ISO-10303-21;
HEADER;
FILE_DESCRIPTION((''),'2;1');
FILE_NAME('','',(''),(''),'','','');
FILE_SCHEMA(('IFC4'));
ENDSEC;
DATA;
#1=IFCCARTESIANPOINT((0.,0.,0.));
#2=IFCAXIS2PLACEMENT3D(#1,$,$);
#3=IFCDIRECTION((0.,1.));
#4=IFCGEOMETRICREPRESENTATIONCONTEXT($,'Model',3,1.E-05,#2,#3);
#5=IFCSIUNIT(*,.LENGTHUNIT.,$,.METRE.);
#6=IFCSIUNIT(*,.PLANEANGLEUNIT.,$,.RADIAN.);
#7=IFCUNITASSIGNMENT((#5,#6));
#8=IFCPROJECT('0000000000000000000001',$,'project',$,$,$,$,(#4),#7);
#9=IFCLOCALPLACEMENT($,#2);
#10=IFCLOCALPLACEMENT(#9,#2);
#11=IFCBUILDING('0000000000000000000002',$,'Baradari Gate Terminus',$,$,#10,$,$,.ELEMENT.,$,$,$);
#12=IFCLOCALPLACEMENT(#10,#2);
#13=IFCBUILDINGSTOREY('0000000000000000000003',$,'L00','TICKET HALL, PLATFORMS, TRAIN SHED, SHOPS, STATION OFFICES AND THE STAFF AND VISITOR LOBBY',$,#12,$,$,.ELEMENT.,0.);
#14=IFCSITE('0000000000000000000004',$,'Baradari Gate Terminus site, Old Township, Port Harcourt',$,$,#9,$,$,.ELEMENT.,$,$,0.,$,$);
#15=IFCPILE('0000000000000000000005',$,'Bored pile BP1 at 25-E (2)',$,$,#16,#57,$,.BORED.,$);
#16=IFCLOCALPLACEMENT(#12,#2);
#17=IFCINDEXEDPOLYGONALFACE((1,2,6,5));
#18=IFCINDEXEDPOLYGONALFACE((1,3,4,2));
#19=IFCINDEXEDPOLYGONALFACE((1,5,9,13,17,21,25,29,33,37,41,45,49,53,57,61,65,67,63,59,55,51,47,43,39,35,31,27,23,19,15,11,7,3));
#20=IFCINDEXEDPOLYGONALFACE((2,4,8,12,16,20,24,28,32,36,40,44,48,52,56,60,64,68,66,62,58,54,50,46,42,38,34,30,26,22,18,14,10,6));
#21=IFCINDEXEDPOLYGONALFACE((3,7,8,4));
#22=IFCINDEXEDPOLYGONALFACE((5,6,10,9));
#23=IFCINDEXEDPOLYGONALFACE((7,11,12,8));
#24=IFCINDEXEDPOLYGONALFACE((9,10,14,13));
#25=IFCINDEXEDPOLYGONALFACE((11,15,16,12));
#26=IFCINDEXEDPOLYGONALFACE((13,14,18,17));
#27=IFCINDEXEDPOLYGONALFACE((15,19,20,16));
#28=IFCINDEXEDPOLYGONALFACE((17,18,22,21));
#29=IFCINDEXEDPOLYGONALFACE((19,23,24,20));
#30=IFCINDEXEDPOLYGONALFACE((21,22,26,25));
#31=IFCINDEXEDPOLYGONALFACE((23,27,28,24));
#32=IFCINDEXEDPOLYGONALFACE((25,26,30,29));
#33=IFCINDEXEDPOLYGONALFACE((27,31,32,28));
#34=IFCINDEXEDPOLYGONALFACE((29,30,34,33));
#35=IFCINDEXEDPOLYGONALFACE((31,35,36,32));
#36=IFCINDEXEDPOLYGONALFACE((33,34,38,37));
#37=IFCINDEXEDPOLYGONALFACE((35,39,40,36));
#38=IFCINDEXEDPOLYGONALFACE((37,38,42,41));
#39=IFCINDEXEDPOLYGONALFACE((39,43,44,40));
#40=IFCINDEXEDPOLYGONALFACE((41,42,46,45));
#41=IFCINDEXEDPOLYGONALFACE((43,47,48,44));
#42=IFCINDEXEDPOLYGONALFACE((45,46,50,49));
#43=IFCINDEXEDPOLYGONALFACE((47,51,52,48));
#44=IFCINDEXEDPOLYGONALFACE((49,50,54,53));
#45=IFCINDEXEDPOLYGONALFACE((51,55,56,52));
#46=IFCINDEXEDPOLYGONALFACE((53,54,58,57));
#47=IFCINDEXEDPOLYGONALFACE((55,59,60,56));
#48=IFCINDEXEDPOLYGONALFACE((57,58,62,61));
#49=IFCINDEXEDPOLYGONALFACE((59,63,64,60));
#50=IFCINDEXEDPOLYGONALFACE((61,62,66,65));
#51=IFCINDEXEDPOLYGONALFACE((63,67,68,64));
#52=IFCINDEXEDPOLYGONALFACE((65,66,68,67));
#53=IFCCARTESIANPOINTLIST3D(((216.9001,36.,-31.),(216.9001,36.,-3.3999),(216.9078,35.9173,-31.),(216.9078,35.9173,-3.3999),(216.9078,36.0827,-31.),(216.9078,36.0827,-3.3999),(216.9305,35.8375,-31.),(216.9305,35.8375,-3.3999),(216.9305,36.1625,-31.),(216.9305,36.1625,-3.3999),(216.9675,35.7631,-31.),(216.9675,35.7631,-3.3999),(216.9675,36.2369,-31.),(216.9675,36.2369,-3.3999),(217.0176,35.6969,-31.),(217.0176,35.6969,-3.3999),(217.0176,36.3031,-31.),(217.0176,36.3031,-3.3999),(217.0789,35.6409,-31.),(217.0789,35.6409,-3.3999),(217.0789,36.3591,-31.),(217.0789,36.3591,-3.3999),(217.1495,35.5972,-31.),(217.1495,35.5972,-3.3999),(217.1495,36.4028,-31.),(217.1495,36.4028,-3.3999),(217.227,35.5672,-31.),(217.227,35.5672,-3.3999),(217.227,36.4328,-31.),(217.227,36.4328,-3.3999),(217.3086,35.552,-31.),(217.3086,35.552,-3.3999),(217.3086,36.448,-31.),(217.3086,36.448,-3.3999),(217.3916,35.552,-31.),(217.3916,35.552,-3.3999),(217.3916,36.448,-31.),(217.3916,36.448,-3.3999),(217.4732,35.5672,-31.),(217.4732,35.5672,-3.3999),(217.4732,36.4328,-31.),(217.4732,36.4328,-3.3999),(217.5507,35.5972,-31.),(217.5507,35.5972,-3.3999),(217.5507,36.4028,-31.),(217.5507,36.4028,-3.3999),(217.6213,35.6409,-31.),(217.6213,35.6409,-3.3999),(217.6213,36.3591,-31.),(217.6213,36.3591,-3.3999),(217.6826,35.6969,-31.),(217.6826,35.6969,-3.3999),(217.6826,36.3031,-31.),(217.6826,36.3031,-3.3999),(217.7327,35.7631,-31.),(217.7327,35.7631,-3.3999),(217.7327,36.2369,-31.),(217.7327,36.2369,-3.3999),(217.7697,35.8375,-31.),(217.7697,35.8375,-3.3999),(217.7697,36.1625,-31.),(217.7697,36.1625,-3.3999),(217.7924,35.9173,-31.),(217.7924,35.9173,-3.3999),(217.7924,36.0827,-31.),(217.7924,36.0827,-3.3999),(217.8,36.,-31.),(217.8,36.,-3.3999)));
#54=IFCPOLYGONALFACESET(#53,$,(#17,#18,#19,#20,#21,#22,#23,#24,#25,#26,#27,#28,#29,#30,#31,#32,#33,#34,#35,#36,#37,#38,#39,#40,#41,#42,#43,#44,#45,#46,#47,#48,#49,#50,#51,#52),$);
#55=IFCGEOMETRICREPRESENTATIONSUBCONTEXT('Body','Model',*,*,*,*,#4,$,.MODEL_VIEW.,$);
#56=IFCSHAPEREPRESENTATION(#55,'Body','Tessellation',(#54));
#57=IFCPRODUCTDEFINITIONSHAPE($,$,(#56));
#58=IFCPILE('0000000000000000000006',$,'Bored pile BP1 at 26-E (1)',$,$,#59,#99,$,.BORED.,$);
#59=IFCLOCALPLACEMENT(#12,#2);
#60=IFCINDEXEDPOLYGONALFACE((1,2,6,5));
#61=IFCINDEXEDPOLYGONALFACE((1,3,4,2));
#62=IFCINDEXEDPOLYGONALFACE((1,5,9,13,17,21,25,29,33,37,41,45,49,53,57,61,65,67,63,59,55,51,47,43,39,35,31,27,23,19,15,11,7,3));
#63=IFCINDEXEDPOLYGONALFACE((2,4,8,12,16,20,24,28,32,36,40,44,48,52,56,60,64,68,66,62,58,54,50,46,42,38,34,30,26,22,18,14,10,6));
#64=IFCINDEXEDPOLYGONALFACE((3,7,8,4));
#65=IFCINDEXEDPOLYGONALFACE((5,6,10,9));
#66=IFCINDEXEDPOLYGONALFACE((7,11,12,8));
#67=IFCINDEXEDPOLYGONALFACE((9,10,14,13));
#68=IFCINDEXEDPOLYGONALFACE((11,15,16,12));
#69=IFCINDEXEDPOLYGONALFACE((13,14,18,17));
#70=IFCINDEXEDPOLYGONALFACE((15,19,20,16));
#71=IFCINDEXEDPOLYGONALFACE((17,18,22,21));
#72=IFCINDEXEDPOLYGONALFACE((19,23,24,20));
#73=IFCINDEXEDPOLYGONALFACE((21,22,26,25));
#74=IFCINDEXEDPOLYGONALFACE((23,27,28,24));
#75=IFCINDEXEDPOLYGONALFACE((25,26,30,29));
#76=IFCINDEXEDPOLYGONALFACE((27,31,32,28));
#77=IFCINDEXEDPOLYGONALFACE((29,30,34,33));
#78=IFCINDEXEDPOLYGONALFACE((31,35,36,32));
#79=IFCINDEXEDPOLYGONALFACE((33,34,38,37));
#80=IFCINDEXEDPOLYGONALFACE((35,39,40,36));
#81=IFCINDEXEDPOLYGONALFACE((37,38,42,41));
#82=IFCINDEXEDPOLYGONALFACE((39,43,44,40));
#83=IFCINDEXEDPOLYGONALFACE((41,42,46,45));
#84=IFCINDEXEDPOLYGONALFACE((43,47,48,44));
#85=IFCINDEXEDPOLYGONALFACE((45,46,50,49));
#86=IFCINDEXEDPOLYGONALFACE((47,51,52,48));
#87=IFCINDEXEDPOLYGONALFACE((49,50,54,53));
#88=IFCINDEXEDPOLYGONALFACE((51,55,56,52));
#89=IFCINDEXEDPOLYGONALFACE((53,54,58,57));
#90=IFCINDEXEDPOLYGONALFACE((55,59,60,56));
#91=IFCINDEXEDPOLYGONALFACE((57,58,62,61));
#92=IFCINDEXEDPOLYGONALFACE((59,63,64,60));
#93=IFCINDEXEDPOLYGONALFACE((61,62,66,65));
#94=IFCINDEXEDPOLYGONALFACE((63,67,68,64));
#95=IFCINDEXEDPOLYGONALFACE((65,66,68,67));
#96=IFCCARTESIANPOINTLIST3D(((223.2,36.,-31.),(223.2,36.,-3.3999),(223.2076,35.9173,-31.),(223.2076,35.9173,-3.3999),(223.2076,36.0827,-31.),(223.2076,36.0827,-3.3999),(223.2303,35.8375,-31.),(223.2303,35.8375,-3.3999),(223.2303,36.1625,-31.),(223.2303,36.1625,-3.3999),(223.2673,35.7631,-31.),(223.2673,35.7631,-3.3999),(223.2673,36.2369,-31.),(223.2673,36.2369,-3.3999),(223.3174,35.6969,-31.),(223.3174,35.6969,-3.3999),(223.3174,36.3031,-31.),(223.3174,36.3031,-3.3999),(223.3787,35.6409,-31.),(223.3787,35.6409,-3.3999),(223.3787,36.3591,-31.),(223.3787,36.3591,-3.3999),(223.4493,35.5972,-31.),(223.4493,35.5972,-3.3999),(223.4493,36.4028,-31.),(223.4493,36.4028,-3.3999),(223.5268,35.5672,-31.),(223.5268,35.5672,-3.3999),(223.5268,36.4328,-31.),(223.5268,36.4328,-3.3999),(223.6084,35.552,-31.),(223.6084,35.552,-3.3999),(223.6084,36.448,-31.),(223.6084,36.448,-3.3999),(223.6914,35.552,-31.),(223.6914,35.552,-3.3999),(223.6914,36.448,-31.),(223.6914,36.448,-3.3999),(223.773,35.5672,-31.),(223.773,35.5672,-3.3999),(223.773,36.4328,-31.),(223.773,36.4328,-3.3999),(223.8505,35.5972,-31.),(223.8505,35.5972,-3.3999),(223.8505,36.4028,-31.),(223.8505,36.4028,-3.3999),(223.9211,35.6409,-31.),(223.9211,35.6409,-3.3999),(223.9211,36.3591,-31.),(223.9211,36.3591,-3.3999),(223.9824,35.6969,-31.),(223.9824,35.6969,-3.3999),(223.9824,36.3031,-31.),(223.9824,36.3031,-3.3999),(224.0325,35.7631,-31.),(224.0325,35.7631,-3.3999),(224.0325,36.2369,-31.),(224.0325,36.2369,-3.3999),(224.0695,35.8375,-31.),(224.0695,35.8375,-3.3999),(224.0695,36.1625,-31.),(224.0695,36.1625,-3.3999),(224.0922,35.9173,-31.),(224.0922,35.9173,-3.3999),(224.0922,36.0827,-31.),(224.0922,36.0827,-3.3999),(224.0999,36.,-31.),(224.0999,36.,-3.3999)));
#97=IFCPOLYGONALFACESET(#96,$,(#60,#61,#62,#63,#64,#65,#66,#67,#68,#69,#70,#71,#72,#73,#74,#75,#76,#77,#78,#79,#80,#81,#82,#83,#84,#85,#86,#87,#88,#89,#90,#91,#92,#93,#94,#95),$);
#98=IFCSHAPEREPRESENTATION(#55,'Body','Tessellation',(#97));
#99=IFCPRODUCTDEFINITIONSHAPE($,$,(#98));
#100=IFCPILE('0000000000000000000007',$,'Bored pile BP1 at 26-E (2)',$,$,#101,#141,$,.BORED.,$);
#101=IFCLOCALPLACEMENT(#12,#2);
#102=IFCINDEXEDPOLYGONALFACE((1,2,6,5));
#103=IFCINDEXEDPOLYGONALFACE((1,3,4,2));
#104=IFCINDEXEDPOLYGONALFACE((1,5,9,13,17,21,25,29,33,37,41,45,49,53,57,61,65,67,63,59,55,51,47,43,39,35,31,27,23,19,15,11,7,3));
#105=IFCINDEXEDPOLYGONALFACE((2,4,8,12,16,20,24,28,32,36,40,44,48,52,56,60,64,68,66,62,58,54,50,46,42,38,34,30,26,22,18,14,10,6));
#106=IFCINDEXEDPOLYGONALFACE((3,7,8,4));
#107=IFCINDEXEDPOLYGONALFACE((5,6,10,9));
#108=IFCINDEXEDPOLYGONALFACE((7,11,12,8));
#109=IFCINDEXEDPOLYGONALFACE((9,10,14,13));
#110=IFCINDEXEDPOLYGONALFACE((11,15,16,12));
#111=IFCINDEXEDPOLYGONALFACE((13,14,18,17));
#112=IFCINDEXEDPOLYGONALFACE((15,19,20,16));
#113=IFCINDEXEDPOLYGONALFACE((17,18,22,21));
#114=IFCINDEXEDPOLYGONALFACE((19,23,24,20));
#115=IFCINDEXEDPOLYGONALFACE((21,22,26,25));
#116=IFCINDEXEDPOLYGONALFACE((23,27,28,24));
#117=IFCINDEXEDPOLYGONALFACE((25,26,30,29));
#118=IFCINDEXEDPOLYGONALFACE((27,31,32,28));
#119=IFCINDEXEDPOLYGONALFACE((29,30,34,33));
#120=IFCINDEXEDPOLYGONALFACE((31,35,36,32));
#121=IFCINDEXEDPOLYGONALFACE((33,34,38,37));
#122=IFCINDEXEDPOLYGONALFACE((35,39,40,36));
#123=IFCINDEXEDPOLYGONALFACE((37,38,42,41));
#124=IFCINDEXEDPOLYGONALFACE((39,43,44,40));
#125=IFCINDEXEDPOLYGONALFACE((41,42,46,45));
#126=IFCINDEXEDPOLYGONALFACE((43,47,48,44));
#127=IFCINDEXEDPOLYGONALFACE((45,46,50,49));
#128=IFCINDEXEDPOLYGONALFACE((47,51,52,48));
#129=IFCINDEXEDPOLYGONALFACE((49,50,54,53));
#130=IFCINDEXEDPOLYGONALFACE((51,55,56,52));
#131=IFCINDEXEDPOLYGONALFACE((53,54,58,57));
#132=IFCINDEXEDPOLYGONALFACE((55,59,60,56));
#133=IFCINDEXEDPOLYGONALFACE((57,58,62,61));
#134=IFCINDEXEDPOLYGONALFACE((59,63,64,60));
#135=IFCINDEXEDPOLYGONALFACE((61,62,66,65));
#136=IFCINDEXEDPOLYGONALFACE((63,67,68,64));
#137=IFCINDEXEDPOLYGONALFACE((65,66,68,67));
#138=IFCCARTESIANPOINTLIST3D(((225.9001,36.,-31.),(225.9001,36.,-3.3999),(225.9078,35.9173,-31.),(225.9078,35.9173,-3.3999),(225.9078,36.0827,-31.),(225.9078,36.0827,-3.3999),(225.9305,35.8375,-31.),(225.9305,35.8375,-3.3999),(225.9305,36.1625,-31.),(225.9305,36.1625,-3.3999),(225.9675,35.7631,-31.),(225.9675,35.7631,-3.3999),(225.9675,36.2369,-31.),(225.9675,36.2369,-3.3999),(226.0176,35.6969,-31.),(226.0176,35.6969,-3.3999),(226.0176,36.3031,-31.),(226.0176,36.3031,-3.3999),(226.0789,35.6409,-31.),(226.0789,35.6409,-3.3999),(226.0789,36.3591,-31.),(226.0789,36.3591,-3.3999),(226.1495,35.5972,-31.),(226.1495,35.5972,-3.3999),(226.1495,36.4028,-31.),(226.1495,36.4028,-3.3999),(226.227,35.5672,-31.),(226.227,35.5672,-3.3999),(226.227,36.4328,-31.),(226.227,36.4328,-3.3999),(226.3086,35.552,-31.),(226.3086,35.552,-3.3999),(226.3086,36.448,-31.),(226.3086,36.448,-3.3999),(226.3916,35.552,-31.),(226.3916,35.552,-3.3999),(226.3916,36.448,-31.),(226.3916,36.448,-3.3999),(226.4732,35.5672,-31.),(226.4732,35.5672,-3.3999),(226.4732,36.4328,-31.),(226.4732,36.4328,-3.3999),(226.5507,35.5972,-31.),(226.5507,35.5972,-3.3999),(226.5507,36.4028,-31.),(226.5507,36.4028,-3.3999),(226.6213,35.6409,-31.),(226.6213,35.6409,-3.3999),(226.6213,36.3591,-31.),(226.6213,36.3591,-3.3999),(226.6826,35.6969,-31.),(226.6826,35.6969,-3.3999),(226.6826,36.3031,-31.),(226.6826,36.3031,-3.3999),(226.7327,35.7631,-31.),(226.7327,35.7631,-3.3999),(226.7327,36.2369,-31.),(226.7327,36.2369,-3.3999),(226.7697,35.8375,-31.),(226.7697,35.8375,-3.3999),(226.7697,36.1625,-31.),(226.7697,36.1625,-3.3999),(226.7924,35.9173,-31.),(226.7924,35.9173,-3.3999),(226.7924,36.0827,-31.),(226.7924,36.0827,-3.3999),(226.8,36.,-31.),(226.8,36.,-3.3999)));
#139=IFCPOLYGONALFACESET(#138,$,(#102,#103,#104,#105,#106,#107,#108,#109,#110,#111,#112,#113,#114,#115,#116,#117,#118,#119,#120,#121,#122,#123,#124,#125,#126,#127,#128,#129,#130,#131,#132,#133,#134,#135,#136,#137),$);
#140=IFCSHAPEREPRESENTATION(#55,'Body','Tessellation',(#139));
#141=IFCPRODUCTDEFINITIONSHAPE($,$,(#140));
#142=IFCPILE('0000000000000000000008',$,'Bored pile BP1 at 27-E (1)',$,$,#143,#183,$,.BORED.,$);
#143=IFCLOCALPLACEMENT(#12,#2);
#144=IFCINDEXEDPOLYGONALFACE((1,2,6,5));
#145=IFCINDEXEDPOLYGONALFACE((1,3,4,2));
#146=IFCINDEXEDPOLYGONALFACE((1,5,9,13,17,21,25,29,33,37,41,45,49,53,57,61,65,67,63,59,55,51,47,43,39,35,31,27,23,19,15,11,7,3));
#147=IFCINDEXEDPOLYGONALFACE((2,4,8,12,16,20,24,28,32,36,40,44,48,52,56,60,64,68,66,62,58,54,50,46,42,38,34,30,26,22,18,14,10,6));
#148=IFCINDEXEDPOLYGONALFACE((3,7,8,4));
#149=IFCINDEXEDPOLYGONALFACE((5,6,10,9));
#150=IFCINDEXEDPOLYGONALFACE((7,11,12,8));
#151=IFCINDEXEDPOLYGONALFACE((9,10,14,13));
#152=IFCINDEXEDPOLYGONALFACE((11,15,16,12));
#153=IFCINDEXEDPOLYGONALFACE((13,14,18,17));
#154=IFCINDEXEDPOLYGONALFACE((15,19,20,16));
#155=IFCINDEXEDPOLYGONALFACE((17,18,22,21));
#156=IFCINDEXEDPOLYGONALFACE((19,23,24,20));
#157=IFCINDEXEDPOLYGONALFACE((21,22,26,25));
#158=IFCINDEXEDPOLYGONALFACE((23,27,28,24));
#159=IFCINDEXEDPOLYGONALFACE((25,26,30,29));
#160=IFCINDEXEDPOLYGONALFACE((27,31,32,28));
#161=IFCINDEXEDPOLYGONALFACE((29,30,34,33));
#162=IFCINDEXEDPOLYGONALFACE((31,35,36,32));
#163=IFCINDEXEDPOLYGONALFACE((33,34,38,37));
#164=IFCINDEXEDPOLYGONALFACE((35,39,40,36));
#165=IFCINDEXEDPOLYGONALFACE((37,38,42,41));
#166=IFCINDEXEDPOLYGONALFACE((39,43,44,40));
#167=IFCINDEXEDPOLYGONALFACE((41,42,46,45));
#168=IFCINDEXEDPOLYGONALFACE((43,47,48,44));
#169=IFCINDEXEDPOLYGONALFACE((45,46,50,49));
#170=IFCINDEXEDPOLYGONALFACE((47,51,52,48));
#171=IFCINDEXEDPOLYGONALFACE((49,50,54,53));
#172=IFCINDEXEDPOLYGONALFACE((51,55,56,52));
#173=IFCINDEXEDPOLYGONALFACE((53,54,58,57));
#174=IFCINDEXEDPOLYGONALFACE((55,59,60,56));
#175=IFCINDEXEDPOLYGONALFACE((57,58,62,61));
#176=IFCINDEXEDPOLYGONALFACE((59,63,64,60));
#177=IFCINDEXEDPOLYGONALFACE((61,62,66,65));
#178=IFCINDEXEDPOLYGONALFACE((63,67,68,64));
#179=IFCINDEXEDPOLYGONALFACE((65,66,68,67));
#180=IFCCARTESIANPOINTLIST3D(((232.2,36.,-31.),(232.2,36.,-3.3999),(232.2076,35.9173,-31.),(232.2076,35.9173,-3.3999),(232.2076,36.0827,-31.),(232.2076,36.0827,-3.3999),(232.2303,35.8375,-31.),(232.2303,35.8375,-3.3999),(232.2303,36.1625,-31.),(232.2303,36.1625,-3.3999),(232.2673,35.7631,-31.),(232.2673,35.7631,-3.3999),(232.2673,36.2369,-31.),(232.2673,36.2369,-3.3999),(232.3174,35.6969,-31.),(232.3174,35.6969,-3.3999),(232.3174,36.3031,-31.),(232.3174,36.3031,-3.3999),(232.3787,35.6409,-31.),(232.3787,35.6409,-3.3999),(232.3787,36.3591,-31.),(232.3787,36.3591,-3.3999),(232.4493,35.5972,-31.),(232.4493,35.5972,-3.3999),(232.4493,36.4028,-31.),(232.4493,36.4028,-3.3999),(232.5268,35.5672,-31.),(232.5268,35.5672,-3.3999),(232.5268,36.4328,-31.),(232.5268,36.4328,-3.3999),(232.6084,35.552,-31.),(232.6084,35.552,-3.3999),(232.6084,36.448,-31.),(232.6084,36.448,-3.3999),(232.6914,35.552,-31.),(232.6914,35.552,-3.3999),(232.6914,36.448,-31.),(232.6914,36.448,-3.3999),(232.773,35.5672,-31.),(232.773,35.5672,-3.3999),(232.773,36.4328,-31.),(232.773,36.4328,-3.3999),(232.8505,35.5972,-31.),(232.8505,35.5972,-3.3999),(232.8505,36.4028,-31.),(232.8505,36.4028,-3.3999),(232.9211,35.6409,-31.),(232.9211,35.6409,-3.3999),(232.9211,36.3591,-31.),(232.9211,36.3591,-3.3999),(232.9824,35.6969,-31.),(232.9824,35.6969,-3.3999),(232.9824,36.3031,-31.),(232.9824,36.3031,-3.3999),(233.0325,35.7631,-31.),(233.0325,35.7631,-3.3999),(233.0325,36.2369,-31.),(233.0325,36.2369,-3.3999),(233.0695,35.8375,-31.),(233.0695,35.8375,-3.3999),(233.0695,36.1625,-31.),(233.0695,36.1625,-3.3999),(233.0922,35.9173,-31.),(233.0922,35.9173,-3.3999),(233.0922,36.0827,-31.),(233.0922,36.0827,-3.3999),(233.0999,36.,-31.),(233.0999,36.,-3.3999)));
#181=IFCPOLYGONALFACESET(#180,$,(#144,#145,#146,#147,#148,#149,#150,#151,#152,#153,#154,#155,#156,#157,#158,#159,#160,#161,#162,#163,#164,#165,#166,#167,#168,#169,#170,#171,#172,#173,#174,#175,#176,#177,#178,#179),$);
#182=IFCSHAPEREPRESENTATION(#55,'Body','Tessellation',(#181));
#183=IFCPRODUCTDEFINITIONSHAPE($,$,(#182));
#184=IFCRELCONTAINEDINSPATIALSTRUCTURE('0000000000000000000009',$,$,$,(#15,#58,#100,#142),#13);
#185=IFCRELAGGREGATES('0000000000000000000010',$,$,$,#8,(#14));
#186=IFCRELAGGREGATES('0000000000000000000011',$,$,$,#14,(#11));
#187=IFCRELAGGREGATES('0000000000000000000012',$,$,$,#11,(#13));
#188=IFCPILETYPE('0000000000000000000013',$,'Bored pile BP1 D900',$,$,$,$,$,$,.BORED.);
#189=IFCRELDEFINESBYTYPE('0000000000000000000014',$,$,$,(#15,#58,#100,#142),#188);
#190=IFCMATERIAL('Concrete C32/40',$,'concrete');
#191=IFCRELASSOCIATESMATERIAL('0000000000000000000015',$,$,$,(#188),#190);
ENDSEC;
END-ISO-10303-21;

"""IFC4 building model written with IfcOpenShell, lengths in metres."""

from ifc_helpers import new_model, si_unit, direction, frame, origin, origin_2d, place, context, subcontext, project, spatial, circle, extrude, material, type_object, element, save


model = new_model("IFC4")

# Units and contexts
model_context = context("Model", 3, precision=1e-05, world=origin(), true_north=direction((0.0, 1.0)))
body_context = subcontext(model_context, "Body", "Model", "MODEL_VIEW")
ifc_project = project(units=[si_unit("LENGTHUNIT", "METRE"), si_unit("PLANEANGLEUNIT", "RADIAN")], contexts=[model_context])

# Site, building, storey
site_placement = place(None, origin())
site = spatial("IfcSite", under=ifc_project, at=site_placement, Name="Baradari Gate Terminus site, Old Township, Port Harcourt", CompositionType="ELEMENT", RefElevation=0.0)
building_placement = place(site_placement, origin())
building = spatial("IfcBuilding", under=site, at=building_placement, Name="Baradari Gate Terminus", CompositionType="ELEMENT")
storey_placement = place(building_placement, origin())
storey = spatial("IfcBuildingStorey", under=building, at=storey_placement, Name="L00", Description="TICKET HALL, PLATFORMS, TRAIN SHED, SHOPS, STATION OFFICES AND THE STAFF AND VISITOR LOBBY", CompositionType="ELEMENT", Elevation=0.0)

# Piles
ifc_material_1 = material(Name="Concrete C32/40", Category="concrete")
pile_type = type_object("IfcPileType", Name="Bored pile BP1 D900", PredefinedType="BORED", material=ifc_material_1)
for number, where, z_axis, x_axis, name in (
    (1, (217.3501, 36.0, -3.3999), (0.0, 0.0, -1.0), (1.0, 0.0, 0.0), "Bored pile BP1 at 25-E (2)"),
    (2, (223.6499, 36.0, -3.3999), (0.0, 0.0, -1.0), (1.0, 0.0, 0.0), "Bored pile BP1 at 26-E (1)"),
    (3, (226.3501, 36.0, -3.3999), (0.0, 0.0, -1.0), (1.0, 0.0, 0.0), "Bored pile BP1 at 26-E (2)"),
    (4, (232.6499, 36.0, -3.3999), (0.0, 0.0, -1.0), (1.0, 0.0, 0.0), "Bored pile BP1 at 27-E (1)"),
):
    element("IfcPile", number, at=place(storey_placement, frame(where, z_axis=z_axis, x_axis=x_axis)), inside=storey, type_object=pile_type, Name=name, PredefinedType="BORED", context=body_context, shape_type="SweptSolid", body=[
        extrude(circle(Radius=0.45, at=origin_2d()), origin(), (0.0, 0.0, 1.0), 27.6001),
    ])

save(model, "model.ifc")
